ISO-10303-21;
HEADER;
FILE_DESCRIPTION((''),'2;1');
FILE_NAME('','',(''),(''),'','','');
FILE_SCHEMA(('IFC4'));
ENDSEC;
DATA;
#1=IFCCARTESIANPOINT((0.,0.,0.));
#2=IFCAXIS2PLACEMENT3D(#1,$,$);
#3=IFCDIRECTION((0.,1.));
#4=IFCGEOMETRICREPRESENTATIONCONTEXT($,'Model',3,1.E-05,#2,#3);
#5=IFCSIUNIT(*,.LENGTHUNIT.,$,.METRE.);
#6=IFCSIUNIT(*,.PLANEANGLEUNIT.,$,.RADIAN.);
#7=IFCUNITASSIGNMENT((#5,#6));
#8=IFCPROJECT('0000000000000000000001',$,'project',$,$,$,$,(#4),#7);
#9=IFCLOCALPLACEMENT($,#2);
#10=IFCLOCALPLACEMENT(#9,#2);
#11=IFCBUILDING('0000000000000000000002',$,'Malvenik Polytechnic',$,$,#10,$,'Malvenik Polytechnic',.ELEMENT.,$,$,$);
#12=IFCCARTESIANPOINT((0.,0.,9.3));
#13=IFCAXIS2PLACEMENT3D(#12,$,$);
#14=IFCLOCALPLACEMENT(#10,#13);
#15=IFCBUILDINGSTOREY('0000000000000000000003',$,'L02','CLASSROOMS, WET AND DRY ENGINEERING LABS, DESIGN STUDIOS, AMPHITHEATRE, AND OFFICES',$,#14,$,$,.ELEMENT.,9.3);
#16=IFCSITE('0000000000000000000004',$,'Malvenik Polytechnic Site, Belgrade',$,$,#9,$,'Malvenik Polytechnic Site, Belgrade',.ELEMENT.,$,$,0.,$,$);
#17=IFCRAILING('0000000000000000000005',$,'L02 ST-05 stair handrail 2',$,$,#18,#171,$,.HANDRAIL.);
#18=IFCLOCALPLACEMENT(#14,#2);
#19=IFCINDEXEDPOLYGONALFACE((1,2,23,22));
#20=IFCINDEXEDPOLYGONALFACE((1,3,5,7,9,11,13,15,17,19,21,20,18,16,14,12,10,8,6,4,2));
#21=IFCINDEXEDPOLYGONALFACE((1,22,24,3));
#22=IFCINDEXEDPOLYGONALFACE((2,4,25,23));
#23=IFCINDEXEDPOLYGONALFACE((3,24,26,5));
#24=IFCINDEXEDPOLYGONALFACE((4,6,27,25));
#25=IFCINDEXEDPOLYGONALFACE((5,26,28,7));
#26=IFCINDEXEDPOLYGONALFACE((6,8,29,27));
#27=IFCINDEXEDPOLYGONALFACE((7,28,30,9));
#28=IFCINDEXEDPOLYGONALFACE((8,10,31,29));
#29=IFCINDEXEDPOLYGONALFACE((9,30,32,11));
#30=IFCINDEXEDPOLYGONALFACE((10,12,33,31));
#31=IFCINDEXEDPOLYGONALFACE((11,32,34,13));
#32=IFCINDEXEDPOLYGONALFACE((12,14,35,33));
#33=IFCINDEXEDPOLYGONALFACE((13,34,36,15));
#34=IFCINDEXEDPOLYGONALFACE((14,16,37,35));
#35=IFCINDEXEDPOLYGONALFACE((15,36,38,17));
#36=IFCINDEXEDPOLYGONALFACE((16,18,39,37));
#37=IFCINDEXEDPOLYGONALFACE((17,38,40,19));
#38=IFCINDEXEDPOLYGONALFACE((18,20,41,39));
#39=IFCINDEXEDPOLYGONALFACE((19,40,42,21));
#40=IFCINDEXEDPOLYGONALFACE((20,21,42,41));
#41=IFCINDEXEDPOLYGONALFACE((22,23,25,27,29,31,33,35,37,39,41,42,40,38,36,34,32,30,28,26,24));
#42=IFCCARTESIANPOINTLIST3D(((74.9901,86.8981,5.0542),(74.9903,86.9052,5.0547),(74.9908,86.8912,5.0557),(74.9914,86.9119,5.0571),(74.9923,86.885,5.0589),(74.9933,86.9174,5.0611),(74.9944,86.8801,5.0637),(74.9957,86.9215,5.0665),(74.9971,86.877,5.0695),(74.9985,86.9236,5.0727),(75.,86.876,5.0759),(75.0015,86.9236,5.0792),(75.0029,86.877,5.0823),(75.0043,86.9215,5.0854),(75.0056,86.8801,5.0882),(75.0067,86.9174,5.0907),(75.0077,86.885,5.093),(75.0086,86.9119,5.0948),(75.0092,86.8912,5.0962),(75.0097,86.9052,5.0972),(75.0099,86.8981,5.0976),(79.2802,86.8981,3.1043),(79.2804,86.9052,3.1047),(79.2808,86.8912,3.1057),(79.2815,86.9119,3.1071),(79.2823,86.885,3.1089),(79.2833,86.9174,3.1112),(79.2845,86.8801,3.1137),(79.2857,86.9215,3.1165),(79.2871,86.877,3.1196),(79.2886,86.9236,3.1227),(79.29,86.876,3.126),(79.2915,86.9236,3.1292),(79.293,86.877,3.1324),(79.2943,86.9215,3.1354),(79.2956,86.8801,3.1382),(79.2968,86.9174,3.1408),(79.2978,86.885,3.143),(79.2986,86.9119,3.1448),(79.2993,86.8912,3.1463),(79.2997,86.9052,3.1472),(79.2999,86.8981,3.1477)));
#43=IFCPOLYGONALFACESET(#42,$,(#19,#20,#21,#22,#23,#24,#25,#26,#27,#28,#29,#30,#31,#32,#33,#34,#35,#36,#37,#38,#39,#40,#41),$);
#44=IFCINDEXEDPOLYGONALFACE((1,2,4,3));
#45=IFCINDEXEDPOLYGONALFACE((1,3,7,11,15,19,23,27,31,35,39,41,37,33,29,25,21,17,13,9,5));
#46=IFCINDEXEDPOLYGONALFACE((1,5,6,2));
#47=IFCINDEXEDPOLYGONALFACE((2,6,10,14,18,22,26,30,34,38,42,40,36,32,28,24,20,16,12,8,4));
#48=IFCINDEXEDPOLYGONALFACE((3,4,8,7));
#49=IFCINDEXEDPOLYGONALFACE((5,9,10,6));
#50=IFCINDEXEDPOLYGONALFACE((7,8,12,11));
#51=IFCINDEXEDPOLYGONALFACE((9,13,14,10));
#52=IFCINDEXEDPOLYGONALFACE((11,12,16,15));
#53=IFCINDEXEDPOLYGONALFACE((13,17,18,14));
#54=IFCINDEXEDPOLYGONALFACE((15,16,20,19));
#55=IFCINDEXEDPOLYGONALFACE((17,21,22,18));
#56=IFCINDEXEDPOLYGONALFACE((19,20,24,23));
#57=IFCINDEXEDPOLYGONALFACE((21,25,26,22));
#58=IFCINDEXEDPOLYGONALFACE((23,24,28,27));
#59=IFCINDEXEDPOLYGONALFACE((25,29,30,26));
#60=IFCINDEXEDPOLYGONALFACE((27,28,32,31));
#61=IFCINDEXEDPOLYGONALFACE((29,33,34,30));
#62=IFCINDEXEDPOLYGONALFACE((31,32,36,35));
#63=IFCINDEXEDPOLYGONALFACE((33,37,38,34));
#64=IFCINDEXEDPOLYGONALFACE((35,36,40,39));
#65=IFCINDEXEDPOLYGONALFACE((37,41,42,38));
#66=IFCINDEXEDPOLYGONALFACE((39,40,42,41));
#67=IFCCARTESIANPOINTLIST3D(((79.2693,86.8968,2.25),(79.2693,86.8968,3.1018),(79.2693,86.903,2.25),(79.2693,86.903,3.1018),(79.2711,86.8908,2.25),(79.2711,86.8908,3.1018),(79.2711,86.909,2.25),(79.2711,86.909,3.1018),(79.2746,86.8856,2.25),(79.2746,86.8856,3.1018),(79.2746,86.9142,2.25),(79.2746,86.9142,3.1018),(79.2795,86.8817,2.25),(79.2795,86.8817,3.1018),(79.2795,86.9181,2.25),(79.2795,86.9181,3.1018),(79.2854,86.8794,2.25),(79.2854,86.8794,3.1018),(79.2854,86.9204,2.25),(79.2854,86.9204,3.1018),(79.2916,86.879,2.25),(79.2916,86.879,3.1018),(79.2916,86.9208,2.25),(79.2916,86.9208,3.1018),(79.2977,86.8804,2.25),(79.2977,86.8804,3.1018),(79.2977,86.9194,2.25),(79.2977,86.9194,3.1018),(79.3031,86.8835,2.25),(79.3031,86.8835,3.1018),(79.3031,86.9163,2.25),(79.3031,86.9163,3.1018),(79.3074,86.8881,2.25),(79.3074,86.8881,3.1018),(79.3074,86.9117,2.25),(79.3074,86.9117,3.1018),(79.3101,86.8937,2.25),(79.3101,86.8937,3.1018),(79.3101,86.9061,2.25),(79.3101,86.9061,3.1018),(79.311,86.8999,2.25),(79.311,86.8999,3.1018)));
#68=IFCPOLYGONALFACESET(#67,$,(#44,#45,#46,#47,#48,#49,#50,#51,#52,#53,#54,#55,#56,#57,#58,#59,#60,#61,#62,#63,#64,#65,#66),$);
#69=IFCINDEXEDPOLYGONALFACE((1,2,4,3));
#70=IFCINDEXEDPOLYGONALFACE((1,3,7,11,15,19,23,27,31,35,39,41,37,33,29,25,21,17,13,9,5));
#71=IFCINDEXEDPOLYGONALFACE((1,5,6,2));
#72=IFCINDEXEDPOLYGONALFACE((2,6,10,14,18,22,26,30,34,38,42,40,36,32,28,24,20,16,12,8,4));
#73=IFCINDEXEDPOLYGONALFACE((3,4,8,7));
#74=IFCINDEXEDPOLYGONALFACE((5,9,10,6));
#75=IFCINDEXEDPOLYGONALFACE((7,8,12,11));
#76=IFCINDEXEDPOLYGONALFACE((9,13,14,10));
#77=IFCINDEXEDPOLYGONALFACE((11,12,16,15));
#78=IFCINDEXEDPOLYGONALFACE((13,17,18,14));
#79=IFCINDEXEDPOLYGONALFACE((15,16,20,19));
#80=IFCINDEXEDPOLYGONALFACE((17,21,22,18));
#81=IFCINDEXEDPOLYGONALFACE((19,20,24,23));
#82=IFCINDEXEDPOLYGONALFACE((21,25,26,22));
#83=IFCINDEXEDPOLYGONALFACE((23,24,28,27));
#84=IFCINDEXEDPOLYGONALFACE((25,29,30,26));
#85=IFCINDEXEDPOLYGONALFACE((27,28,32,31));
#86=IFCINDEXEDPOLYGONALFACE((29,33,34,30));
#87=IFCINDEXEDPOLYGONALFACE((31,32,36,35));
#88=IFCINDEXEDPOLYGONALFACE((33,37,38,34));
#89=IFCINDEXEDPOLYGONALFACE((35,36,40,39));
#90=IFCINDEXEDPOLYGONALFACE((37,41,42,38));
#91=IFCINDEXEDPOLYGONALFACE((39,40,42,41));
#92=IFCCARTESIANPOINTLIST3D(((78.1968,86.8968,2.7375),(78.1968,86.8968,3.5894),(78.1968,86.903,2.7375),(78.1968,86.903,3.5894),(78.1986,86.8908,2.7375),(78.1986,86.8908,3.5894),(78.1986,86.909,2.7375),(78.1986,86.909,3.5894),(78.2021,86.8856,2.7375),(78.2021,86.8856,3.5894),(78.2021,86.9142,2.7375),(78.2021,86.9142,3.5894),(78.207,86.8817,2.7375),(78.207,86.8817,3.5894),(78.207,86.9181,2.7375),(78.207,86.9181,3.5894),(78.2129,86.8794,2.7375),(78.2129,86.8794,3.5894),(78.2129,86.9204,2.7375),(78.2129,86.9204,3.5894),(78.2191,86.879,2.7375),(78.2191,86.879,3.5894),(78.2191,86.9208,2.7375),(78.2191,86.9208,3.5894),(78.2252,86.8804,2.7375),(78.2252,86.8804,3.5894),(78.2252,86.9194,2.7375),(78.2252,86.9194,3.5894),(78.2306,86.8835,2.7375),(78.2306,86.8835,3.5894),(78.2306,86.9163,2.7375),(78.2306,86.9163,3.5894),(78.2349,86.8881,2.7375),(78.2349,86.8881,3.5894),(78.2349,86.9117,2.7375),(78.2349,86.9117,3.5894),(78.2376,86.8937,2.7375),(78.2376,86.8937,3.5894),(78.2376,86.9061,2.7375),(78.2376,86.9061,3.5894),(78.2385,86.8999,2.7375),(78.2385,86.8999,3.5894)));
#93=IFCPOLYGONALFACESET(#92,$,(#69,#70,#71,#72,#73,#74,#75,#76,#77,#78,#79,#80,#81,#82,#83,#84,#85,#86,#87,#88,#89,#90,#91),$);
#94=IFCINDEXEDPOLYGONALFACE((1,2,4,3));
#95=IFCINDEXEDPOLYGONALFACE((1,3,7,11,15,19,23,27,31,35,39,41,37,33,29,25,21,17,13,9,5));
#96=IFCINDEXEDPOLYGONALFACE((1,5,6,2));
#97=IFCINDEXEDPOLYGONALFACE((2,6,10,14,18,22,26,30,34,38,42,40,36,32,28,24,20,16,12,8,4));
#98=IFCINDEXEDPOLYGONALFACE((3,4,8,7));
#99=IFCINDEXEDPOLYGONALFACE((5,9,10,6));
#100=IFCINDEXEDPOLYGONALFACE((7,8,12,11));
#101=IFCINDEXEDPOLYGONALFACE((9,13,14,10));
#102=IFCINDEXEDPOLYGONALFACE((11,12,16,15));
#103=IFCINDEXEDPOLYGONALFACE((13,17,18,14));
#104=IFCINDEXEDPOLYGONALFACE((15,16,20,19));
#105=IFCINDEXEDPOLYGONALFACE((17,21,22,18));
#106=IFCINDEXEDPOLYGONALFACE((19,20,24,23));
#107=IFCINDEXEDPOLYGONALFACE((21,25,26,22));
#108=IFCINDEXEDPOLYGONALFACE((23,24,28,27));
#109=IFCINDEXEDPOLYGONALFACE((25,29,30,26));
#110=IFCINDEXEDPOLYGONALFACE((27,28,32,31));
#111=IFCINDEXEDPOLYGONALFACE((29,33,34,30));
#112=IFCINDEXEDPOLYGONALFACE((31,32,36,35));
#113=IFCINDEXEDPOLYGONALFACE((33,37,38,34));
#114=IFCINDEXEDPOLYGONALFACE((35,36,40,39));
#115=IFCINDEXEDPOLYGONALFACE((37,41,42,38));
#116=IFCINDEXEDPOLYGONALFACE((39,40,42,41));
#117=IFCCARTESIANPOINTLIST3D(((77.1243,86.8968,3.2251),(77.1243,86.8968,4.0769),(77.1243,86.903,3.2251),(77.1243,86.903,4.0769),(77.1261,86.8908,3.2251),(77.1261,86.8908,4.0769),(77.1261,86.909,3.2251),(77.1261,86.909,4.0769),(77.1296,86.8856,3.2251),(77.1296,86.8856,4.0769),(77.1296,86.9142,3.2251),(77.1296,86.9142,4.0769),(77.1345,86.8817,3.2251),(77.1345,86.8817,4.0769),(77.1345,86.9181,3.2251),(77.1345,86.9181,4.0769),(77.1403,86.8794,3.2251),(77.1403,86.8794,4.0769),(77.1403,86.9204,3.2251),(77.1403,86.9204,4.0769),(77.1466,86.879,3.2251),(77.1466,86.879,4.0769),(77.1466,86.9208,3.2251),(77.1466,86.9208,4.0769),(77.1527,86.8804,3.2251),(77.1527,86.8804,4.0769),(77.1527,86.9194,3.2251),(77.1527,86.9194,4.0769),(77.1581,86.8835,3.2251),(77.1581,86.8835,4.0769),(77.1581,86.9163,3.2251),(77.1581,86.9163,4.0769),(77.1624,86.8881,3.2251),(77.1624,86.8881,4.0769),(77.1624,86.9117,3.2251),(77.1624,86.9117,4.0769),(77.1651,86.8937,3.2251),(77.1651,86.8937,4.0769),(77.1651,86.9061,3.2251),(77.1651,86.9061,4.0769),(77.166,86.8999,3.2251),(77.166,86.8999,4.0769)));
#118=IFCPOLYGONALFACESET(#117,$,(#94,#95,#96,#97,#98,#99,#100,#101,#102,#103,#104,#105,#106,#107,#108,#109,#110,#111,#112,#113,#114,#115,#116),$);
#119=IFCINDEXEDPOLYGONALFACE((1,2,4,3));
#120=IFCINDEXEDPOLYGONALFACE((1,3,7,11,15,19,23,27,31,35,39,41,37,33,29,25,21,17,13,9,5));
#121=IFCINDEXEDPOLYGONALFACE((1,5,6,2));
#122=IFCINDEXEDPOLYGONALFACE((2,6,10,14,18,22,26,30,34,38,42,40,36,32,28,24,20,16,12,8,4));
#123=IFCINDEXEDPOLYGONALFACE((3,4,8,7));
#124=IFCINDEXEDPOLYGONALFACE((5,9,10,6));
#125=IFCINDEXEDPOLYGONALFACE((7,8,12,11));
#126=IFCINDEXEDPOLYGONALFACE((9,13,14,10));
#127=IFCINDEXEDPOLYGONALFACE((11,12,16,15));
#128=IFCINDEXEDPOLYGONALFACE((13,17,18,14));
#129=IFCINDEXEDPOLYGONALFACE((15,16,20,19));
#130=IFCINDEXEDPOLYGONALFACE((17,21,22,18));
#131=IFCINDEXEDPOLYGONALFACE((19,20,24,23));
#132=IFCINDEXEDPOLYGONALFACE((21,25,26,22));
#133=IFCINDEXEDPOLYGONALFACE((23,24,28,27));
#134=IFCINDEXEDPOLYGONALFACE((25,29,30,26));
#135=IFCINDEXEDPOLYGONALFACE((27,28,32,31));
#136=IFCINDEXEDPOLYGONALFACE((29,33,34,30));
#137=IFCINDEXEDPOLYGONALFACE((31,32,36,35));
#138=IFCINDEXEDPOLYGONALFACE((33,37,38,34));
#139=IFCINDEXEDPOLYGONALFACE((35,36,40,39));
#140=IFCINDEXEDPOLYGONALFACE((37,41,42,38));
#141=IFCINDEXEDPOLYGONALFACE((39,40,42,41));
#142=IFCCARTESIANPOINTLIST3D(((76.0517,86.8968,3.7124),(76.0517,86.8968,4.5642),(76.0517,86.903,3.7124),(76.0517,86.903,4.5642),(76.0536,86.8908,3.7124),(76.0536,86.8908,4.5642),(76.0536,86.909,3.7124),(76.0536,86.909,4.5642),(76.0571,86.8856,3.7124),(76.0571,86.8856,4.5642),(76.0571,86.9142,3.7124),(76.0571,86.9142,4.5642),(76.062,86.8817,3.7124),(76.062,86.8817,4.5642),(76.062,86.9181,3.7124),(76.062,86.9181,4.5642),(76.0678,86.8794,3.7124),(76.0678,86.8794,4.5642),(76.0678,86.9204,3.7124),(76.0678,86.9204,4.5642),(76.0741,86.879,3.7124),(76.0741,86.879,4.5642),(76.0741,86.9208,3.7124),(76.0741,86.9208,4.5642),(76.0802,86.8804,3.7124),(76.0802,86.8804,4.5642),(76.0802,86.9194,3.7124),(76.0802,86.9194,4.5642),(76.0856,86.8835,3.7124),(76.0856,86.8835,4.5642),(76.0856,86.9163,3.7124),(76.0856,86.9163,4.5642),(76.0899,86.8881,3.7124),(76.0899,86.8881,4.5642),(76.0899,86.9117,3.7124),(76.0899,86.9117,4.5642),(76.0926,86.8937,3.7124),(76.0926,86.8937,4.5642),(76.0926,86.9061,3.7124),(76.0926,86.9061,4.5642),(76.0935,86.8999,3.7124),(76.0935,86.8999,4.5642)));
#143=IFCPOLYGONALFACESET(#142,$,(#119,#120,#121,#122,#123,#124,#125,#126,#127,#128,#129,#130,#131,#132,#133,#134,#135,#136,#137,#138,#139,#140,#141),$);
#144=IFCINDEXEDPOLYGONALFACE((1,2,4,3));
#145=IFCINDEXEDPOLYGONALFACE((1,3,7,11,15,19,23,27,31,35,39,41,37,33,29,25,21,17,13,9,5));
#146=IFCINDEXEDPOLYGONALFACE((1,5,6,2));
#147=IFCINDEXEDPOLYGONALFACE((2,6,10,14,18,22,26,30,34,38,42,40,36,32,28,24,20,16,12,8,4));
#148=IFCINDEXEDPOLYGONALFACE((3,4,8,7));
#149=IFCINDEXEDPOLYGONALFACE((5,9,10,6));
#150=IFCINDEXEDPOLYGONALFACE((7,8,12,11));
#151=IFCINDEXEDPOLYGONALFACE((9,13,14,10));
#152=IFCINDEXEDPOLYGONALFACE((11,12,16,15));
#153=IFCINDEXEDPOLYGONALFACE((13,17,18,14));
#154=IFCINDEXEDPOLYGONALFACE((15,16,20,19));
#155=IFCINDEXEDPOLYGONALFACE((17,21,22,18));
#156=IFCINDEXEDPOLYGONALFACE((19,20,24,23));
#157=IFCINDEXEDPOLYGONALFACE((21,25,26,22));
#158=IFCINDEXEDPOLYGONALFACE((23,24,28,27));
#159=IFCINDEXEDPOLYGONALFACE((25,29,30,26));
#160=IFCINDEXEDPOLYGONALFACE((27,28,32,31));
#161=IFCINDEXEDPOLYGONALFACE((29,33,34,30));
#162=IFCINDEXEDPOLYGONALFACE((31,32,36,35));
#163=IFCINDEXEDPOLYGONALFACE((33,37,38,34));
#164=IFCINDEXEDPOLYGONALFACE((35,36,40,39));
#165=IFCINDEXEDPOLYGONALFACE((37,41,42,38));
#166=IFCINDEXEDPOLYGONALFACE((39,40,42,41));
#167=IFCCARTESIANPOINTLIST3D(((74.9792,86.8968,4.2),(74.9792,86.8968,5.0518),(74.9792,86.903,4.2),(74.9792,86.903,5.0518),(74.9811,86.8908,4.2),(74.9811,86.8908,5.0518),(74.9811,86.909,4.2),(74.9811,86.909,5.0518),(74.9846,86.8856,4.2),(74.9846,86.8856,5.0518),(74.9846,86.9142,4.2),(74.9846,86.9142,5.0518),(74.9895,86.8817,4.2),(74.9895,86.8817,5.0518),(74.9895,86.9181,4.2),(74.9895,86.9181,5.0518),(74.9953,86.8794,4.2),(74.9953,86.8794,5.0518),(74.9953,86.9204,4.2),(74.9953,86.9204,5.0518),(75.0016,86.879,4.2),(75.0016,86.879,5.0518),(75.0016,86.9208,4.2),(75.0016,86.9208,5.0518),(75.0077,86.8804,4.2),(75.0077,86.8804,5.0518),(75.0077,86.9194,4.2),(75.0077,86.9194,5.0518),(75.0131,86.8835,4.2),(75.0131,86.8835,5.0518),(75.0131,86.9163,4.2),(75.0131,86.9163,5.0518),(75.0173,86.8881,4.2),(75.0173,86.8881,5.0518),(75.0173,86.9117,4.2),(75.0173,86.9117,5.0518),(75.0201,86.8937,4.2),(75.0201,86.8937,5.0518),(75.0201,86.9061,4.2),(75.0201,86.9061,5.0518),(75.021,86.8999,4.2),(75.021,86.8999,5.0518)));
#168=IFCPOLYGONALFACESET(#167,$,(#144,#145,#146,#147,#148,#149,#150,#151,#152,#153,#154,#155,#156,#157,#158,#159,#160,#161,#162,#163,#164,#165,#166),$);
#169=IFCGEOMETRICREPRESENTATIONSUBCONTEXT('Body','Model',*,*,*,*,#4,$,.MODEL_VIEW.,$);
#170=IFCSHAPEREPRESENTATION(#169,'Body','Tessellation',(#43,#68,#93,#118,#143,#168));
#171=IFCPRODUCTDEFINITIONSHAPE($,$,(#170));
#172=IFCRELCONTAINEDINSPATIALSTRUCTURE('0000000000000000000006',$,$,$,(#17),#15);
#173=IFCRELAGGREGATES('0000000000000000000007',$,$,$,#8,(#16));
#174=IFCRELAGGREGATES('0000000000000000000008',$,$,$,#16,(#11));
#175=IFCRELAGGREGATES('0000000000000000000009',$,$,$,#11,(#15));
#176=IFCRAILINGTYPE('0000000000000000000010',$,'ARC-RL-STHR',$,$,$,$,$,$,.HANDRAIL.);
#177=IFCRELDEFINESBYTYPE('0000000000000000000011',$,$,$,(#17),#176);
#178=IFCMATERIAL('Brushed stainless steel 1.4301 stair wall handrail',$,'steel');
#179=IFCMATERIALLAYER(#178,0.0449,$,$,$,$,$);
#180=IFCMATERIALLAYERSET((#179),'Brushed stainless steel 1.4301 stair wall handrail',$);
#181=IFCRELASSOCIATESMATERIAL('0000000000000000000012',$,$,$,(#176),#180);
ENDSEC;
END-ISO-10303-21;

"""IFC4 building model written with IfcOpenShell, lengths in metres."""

from ifc_helpers import new_model, si_unit, direction, frame, origin, origin_2d, place, context, subcontext, project, spatial, circle, extrude, material, layer, layer_set, type_object, element, save


model = new_model("IFC4")

# Units and contexts
model_context = context("Model", 3, precision=1e-05, world=origin(), true_north=direction((0.0, 1.0)))
body_context = subcontext(model_context, "Body", "Model", "MODEL_VIEW")
ifc_project = project(units=[si_unit("LENGTHUNIT", "METRE"), si_unit("PLANEANGLEUNIT", "RADIAN")], contexts=[model_context])

# Site, building, storey
site_placement = place(None, origin())
site = spatial("IfcSite", under=ifc_project, at=site_placement, Name="Malvenik Polytechnic Site, Belgrade", LongName="Malvenik Polytechnic Site, Belgrade", CompositionType="ELEMENT", RefElevation=0.0)
building_placement = place(site_placement, origin())
building = spatial("IfcBuilding", under=site, at=building_placement, Name="Malvenik Polytechnic", LongName="Malvenik Polytechnic", CompositionType="ELEMENT")
storey_placement = place(building_placement, frame((0.0, 0.0, 9.3)))
storey = spatial("IfcBuildingStorey", under=building, at=storey_placement, Name="L02", Description="CLASSROOMS, WET AND DRY ENGINEERING LABS, DESIGN STUDIOS, AMPHITHEATRE, AND OFFICES", CompositionType="ELEMENT", Elevation=9.3)

# Railing
ifc_material_1 = material(Name="Brushed stainless steel 1.4301 stair wall handrail", Category="steel")
ifc_layer_1 = layer(ifc_material_1, 0.0449)
ifc_layer_set_1 = layer_set([ifc_layer_1], Name="Brushed stainless steel 1.4301 stair wall handrail")
railing_type_1 = type_object("IfcRailingType", Name="ARC-RL-STHR", PredefinedType="HANDRAIL", material=ifc_layer_set_1)
railing_1_placement = place(storey_placement, frame((79.29, 86.8999, 2.25)))
element("IfcRailing", 1, at=railing_1_placement, inside=storey, type_object=railing_type_1, Name="L02 ST-05 stair handrail 2", PredefinedType="HANDRAIL", context=body_context, shape_type="SweptSolid", body=[
    extrude(circle(Radius=0.0239, at=origin_2d()), frame((0.0, 0.0, 0.876), z_axis=(-0.910372, 0.0, 0.413791), x_axis=(0.0, -1.0, 0.0)), (0.0, 0.0, 1.0), 4.7124),
    extrude(circle(Radius=0.021, at=origin_2d()), origin(), (0.0, 0.0, 1.0), 0.8518),
    extrude(circle(Radius=0.021, at=origin_2d()), frame((-1.0725, 0.0, 0.4875)), (0.0, 0.0, 1.0), 0.8518),
    extrude(circle(Radius=0.021, at=origin_2d()), frame((-2.145, 0.0, 0.9751)), (0.0, 0.0, 1.0), 0.8518),
    extrude(circle(Radius=0.021, at=origin_2d()), frame((-3.2175, 0.0, 1.4624)), (0.0, 0.0, 1.0), 0.8518),
    extrude(circle(Radius=0.021, at=origin_2d()), frame((-4.29, 0.0, 1.95)), (0.0, 0.0, 1.0), 0.8518),
])

save(model, "model.ifc")
